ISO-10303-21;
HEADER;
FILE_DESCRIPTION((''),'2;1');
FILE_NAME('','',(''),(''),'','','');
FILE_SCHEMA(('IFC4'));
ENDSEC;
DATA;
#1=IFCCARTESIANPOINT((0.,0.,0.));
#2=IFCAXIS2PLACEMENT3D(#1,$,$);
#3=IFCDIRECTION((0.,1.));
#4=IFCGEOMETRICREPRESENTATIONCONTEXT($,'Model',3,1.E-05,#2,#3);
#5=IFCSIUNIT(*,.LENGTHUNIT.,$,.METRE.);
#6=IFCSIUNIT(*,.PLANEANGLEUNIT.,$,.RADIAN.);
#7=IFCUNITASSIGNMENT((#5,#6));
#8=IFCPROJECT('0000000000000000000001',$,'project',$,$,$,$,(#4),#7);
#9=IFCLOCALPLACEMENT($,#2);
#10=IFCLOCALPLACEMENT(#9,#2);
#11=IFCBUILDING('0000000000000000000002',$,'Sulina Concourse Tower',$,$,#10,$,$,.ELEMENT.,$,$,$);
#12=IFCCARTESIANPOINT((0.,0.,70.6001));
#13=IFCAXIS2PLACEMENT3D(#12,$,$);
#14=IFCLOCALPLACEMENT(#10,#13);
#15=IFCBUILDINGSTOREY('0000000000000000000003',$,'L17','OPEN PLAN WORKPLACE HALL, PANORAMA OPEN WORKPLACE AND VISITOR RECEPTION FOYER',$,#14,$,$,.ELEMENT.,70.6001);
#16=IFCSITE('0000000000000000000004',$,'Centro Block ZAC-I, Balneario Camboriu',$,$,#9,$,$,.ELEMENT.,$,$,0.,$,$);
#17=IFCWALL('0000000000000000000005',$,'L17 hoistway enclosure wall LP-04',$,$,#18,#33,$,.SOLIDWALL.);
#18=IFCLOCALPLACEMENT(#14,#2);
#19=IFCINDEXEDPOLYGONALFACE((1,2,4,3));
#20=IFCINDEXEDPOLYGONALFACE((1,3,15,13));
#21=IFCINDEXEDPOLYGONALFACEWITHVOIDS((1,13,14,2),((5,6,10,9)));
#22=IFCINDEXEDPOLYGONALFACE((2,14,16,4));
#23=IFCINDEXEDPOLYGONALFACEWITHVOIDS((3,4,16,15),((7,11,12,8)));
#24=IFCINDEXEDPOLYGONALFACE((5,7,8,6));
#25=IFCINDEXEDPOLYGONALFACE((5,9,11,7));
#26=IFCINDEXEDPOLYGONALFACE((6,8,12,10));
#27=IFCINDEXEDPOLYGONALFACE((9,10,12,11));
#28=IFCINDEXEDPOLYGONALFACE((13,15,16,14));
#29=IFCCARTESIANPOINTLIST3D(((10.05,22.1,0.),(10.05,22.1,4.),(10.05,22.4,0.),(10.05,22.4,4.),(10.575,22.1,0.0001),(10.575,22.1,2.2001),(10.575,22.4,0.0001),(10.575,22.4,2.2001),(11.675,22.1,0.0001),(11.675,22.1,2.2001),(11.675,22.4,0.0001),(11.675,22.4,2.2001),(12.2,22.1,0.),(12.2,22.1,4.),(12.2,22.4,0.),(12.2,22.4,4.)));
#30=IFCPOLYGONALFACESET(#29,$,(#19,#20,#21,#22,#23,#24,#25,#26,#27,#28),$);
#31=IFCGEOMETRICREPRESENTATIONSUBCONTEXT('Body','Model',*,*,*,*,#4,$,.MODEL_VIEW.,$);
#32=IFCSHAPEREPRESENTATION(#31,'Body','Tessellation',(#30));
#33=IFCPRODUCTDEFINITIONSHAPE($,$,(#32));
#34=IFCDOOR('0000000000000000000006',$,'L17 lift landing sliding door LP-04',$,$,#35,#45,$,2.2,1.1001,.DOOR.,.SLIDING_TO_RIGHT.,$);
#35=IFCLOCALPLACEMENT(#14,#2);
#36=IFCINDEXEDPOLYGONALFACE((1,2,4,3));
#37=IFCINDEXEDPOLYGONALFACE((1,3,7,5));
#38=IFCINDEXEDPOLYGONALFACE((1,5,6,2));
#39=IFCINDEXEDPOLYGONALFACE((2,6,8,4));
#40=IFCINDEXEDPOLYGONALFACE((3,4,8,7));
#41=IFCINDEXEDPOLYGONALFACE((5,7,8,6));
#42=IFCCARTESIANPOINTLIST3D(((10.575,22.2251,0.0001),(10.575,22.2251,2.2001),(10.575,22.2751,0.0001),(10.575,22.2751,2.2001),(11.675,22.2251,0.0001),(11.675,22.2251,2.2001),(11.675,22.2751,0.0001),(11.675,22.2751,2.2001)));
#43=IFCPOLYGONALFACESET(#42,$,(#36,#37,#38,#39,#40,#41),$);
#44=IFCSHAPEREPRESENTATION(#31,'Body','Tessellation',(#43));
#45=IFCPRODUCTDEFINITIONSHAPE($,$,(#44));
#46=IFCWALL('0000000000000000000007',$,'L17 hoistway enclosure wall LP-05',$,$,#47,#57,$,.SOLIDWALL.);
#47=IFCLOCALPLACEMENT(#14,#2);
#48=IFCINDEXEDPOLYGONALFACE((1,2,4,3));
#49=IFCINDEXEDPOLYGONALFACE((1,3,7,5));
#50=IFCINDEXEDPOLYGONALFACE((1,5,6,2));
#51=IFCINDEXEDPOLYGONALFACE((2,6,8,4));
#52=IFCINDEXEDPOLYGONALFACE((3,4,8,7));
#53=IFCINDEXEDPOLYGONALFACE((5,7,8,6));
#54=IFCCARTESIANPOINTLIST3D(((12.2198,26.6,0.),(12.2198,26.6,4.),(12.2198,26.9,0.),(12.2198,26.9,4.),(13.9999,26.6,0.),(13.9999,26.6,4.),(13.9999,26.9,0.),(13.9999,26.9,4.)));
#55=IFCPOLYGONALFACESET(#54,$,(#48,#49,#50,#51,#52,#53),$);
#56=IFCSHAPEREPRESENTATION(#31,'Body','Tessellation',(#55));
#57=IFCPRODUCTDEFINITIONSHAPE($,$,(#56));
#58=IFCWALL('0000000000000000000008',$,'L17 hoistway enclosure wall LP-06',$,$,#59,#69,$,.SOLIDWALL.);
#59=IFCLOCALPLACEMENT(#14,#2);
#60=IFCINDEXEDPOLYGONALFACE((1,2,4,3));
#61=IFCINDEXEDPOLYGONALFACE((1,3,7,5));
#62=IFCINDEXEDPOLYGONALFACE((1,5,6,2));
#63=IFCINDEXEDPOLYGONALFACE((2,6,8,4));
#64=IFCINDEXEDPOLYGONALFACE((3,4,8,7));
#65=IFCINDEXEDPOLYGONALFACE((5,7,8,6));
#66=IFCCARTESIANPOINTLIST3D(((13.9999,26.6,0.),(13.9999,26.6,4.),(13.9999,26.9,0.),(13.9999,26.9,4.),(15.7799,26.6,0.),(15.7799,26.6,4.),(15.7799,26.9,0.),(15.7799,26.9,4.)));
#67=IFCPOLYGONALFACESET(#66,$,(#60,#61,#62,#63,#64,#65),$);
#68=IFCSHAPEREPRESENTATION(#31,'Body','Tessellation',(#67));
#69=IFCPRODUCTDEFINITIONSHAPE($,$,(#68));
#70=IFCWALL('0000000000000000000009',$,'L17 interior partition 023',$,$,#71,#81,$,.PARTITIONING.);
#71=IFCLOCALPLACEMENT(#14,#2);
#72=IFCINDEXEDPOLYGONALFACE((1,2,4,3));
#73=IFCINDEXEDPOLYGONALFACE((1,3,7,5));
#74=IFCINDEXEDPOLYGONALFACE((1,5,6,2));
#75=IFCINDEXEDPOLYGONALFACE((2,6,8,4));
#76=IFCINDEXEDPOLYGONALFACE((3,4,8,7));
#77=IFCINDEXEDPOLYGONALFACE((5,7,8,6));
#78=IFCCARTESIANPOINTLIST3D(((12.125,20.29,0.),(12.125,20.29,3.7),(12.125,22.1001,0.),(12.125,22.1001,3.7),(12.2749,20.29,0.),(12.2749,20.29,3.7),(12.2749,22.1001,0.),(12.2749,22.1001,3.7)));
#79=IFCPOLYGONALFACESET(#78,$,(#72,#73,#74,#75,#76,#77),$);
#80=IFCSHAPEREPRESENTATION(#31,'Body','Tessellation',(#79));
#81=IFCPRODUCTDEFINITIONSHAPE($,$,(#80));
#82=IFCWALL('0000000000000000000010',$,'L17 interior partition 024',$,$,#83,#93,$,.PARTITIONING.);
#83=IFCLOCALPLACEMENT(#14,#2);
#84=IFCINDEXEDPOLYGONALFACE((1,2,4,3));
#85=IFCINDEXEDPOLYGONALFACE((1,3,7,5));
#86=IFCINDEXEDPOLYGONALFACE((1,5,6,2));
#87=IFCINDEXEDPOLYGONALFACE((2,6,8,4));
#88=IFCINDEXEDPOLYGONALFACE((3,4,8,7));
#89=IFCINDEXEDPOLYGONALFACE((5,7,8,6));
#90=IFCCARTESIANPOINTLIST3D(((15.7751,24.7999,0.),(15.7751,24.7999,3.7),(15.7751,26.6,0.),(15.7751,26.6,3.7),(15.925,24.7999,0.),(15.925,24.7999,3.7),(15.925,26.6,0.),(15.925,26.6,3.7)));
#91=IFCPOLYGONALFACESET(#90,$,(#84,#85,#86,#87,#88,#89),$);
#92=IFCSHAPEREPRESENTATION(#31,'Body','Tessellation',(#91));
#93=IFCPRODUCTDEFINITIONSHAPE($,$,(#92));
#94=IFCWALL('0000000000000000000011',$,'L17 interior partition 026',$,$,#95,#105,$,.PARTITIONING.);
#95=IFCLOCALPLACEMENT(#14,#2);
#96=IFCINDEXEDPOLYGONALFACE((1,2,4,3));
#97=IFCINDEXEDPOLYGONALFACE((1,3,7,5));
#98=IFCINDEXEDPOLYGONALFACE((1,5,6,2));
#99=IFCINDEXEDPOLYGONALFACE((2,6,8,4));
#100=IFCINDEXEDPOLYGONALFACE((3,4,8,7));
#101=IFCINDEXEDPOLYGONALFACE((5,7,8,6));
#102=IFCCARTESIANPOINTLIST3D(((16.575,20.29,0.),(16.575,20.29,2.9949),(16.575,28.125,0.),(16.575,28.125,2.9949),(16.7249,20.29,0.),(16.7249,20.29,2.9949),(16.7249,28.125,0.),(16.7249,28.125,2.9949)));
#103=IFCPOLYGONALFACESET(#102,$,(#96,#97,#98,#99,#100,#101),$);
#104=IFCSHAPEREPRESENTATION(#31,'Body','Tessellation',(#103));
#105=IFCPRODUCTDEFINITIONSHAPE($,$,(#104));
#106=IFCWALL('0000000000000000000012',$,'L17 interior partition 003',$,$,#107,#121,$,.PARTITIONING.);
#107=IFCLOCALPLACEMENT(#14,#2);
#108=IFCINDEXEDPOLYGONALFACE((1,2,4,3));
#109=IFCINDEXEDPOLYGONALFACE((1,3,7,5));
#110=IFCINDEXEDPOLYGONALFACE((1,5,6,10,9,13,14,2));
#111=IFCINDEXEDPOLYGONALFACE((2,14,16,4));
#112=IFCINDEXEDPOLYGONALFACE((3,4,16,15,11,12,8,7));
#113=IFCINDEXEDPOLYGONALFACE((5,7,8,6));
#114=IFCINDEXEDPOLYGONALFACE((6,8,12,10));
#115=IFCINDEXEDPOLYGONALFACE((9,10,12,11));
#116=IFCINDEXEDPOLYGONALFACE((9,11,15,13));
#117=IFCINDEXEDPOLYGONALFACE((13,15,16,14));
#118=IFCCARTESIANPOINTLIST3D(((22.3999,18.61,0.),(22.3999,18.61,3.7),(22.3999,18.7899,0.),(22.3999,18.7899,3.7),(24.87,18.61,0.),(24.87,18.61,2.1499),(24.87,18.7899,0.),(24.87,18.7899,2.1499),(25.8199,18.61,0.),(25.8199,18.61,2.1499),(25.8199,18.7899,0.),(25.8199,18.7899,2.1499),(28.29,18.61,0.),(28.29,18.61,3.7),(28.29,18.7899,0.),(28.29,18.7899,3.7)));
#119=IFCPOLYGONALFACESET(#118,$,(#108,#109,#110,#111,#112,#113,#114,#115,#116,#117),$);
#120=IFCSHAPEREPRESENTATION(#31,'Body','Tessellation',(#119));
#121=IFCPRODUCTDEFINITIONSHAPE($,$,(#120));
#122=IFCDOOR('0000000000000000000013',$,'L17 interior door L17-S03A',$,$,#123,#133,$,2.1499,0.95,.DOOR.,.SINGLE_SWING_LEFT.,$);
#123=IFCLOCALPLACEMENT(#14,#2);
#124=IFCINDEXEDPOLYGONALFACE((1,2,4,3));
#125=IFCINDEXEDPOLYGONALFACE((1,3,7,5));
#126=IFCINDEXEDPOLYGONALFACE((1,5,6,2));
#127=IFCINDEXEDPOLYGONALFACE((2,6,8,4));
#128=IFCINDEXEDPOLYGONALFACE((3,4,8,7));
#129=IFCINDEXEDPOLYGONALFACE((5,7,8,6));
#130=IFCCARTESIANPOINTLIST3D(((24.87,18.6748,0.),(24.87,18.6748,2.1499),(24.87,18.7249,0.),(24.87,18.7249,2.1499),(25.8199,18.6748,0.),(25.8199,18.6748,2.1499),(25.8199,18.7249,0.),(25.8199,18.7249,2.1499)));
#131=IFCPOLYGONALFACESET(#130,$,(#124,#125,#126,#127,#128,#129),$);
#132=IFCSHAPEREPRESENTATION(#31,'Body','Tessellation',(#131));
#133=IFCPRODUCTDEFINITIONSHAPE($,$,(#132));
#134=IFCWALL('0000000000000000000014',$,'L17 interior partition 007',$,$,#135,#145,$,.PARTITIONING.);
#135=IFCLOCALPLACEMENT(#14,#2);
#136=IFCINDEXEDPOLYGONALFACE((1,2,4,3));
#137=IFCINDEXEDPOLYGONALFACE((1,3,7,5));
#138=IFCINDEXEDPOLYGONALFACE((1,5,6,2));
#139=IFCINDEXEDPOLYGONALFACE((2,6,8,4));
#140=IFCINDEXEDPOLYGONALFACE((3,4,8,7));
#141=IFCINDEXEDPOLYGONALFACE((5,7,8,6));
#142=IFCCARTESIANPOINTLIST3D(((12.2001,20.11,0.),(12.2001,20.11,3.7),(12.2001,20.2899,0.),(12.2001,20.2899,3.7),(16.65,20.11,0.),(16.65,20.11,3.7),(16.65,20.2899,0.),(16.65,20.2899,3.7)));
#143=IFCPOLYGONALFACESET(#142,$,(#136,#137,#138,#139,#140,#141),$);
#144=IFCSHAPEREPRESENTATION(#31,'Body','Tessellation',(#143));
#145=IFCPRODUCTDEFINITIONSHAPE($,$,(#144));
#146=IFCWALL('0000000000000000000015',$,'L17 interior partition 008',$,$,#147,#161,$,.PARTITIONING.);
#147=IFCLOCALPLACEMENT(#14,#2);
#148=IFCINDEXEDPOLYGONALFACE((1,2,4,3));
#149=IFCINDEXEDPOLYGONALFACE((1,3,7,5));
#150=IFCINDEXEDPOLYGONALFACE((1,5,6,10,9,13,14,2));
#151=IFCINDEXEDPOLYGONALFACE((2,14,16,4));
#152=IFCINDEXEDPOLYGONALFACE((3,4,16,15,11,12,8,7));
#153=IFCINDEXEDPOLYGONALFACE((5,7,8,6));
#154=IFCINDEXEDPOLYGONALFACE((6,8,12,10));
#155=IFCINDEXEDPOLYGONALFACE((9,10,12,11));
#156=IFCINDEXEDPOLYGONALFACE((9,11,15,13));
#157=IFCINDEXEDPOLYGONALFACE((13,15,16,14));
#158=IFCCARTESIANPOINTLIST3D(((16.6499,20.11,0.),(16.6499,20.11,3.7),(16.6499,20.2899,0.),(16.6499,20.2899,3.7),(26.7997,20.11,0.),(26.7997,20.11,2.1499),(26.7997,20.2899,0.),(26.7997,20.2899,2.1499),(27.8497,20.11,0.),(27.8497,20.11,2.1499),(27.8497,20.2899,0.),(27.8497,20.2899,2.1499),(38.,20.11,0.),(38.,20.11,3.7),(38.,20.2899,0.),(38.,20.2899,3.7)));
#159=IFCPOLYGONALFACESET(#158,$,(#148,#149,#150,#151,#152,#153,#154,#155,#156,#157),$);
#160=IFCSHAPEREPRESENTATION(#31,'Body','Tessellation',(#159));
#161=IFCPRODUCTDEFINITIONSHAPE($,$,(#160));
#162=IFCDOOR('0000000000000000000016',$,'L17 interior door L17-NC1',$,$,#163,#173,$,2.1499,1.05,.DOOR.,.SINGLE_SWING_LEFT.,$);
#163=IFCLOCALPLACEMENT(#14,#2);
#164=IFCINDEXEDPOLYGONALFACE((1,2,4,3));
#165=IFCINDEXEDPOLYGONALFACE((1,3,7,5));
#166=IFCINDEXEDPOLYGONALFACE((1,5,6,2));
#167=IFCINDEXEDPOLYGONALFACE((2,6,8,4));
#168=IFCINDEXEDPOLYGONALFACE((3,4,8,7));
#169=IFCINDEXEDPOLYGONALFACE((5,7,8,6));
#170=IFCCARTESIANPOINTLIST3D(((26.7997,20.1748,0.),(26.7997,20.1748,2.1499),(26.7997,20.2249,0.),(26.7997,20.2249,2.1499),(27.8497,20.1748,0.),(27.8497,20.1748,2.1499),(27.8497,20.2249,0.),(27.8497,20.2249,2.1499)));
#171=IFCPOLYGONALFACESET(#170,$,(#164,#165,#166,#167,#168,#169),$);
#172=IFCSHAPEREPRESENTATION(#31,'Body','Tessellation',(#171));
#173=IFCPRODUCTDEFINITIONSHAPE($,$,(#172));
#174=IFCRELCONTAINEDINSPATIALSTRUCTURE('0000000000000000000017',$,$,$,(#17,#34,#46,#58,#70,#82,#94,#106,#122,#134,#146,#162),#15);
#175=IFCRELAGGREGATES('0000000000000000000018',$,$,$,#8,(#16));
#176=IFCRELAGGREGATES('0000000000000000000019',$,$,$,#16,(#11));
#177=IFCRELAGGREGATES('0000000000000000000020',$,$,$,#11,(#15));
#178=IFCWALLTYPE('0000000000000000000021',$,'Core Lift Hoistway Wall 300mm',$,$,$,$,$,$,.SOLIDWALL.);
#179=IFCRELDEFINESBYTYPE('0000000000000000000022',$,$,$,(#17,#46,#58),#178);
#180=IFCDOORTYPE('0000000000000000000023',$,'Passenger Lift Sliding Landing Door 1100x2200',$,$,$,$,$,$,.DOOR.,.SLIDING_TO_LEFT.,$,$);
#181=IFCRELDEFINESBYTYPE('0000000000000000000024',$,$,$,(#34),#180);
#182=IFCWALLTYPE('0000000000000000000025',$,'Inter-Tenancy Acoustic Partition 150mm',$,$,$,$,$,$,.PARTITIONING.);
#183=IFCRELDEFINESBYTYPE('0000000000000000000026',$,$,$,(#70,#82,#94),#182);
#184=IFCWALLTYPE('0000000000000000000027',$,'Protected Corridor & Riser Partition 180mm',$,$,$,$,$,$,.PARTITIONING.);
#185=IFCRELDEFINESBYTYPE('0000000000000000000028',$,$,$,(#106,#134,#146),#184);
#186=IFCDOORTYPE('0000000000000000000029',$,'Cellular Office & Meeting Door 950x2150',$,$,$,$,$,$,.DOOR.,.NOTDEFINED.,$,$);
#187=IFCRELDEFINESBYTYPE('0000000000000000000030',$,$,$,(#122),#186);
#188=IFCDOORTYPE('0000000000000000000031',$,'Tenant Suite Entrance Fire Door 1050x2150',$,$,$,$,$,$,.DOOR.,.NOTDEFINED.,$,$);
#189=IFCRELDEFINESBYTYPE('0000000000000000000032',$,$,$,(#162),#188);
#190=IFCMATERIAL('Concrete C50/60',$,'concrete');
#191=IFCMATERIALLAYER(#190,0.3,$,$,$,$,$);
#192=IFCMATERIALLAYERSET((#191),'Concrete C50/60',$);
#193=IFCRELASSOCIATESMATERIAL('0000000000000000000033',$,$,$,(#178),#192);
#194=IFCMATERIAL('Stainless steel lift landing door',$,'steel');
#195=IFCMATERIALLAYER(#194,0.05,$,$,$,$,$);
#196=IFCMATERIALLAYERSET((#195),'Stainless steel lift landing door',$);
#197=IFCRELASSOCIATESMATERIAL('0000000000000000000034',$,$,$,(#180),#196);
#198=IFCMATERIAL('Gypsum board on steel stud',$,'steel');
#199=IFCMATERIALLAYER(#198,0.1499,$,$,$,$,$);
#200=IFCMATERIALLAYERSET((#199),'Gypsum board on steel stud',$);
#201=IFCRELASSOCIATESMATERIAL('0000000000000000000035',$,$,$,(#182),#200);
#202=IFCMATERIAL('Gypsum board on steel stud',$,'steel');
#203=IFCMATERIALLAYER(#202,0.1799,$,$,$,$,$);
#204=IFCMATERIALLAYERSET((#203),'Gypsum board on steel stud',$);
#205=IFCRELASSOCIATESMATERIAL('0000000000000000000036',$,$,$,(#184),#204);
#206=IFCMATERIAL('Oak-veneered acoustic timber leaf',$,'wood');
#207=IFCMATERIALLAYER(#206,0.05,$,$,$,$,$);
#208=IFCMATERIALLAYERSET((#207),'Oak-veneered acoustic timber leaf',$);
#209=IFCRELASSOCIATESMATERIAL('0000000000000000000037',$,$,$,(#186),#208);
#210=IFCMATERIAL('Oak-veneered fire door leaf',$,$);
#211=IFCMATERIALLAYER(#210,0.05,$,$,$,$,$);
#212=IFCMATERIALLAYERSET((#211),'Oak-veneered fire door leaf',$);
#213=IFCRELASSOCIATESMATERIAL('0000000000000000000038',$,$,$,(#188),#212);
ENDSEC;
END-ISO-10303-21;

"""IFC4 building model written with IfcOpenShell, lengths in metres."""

from ifc_helpers import new_model, si_unit, direction, frame, frame_2d, origin, place, context, subcontext, project, spatial, rectangle, extrude, material, layer, layer_set, type_object, element, fill, save


model = new_model("IFC4")

# Units and contexts
model_context = context("Model", 3, precision=1e-05, world=origin(), true_north=direction((0.0, 1.0)))
body_context = subcontext(model_context, "Body", "Model", "MODEL_VIEW")
ifc_project = project(units=[si_unit("LENGTHUNIT", "METRE"), si_unit("PLANEANGLEUNIT", "RADIAN")], contexts=[model_context])

# Site, building, storey
site_placement = place(None, origin())
site = spatial("IfcSite", under=ifc_project, at=site_placement, Name="Centro Block ZAC-I, Balneario Camboriu", CompositionType="ELEMENT", RefElevation=0.0)
building_placement = place(site_placement, origin())
building = spatial("IfcBuilding", under=site, at=building_placement, Name="Sulina Concourse Tower", CompositionType="ELEMENT")
storey_placement = place(building_placement, frame((0.0, 0.0, 70.6001)))
storey = spatial("IfcBuildingStorey", under=building, at=storey_placement, Name="L17", Description="OPEN PLAN WORKPLACE HALL, PANORAMA OPEN WORKPLACE AND VISITOR RECEPTION FOYER", CompositionType="ELEMENT", Elevation=70.6001)

# Wall, opening, door
ifc_material_1 = material(Name="Concrete C50/60", Category="concrete")
ifc_layer_1 = layer(ifc_material_1, 0.3)
ifc_layer_set_1 = layer_set([ifc_layer_1], Name="Concrete C50/60")
wall_type_1 = type_object("IfcWallType", Name="Core Lift Hoistway Wall 300mm", PredefinedType="SOLIDWALL", material=ifc_layer_set_1)
wall_1_placement = place(storey_placement, frame((12.2, 22.25, 0.0), z_axis=(0.0, 0.0, 1.0), x_axis=(-1.0, 0.0, 0.0)))
wall_1 = element("IfcWall", 1, at=wall_1_placement, inside=storey, type_object=wall_type_1, Name="L17 hoistway enclosure wall LP-04", PredefinedType="SOLIDWALL", context=body_context, shape_type="SweptSolid", body=[
    extrude(rectangle(XDim=2.1499, YDim=0.3, at=frame_2d((1.075, 0.0))), origin(), (0.0, 0.0, 1.0), 4.0),
])
opening_1_placement = place(wall_1_placement, frame((0.5249, 0.0, 0.0)))
opening_1 = element("IfcOpeningElement", 2, at=opening_1_placement, cuts=wall_1, PredefinedType="OPENING", context=body_context, shape_type="SweptSolid", body=[
    extrude(rectangle(XDim=1.1001, YDim=2.2, at=frame_2d((0.55, 1.1001))), frame((0.0, 0.1599, 0.0), z_axis=(0.0, -1.0, 0.0), x_axis=(1.0, 0.0, 0.0)), (0.0, 0.0, 1.0), 0.3201),
])
ifc_material_2 = material(Name="Stainless steel lift landing door", Category="steel")
ifc_layer_2 = layer(ifc_material_2, 0.05)
ifc_layer_set_2 = layer_set([ifc_layer_2], Name="Stainless steel lift landing door")
door_type_1 = type_object("IfcDoorType", Name="Passenger Lift Sliding Landing Door 1100x2200", OperationType="SLIDING_TO_LEFT", PredefinedType="DOOR", material=ifc_layer_set_2)
door_1_placement = place(opening_1_placement, origin())
door_1 = element("IfcDoor", 3, at=door_1_placement, inside=storey, type_object=door_type_1, Name="L17 lift landing sliding door LP-04", OperationType="SLIDING_TO_RIGHT", OverallHeight=2.2, OverallWidth=1.1001, PredefinedType="DOOR", context=body_context, shape_type="SweptSolid", body=[
    extrude(rectangle(XDim=1.1001, YDim=2.2, at=frame_2d((0.55, 1.1001))), frame((0.0, 0.0249, 0.0), z_axis=(0.0, -1.0, 0.0), x_axis=(1.0, 0.0, 0.0)), (0.0, 0.0, 1.0), 0.05),
])
fill(opening_1, door_1)

# Walls
for number, where, z_axis, x_axis, name in (
    (4, (14.0, 26.75, 0.0), (0.0, 0.0, 1.0), (-1.0, 0.0, 0.0), "L17 hoistway enclosure wall LP-05"),
    (5, (15.78, 26.75, 0.0), (0.0, 0.0, 1.0), (-1.0, 0.0, 0.0), "L17 hoistway enclosure wall LP-06"),
):
    element("IfcWall", number, at=place(storey_placement, frame(where, z_axis=z_axis, x_axis=x_axis)), inside=storey, type_object=wall_type_1, Name=name, PredefinedType="SOLIDWALL", context=body_context, shape_type="SweptSolid", body=[
        extrude(rectangle(XDim=1.78, YDim=0.3, at=frame_2d((0.8901, 0.0))), origin(), (0.0, 0.0, 1.0), 4.0),
    ])
ifc_material_3 = material(Name="Gypsum board on steel stud", Category="steel")
ifc_layer_3 = layer(ifc_material_3, 0.1499)
ifc_layer_set_3 = layer_set([ifc_layer_3], Name="Gypsum board on steel stud")
wall_type_2 = type_object("IfcWallType", Name="Inter-Tenancy Acoustic Partition 150mm", PredefinedType="PARTITIONING", material=ifc_layer_set_3)
wall_2_placement = place(storey_placement, frame((12.2, 20.29, 0.0), z_axis=(0.0, 0.0, 1.0), x_axis=(0.0, 1.0, 0.0)))
element("IfcWall", 6, at=wall_2_placement, inside=storey, type_object=wall_type_2, Name="L17 interior partition 023", PredefinedType="PARTITIONING", context=body_context, shape_type="SweptSolid", body=[
    extrude(rectangle(XDim=1.8101, YDim=0.1499, at=frame_2d((0.905, 0.0))), origin(), (0.0, 0.0, 1.0), 3.7),
])
wall_3_placement = place(storey_placement, frame((15.8501, 24.8, 0.0), z_axis=(0.0, 0.0, 1.0), x_axis=(0.0, 1.0, 0.0)))
element("IfcWall", 7, at=wall_3_placement, inside=storey, type_object=wall_type_2, Name="L17 interior partition 024", PredefinedType="PARTITIONING", context=body_context, shape_type="SweptSolid", body=[
    extrude(rectangle(XDim=1.8, YDim=0.1499, at=frame_2d((0.8999, 0.0))), origin(), (0.0, 0.0, 1.0), 3.7),
])
wall_4_placement = place(storey_placement, frame((16.6499, 20.29, 0.0), z_axis=(0.0, 0.0, 1.0), x_axis=(0.0, 1.0, 0.0)))
element("IfcWall", 8, at=wall_4_placement, inside=storey, type_object=wall_type_2, Name="L17 interior partition 026", PredefinedType="PARTITIONING", context=body_context, shape_type="SweptSolid", body=[
    extrude(rectangle(XDim=7.835, YDim=0.1499, at=frame_2d((3.9175, 0.0))), origin(), (0.0, 0.0, 1.0), 2.9949),
])

# Wall, opening, door
ifc_material_4 = material(Name="Gypsum board on steel stud", Category="steel")
ifc_layer_4 = layer(ifc_material_4, 0.1799)
ifc_layer_set_4 = layer_set([ifc_layer_4], Name="Gypsum board on steel stud")
wall_type_3 = type_object("IfcWallType", Name="Protected Corridor & Riser Partition 180mm", PredefinedType="PARTITIONING", material=ifc_layer_set_4)
wall_5_placement = place(storey_placement, frame((22.3999, 18.7, 0.0), z_axis=(0.0, 0.0, 1.0), x_axis=(1.0, 0.0, 0.0)))
wall_5 = element("IfcWall", 9, at=wall_5_placement, inside=storey, type_object=wall_type_3, Name="L17 interior partition 003", PredefinedType="PARTITIONING", context=body_context, shape_type="SweptSolid", body=[
    extrude(rectangle(XDim=5.8901, YDim=0.1799, at=frame_2d((2.9451, 0.0))), origin(), (0.0, 0.0, 1.0), 3.7),
])
opening_2_placement = place(wall_5_placement, frame((2.47, 0.0, 0.0)))
opening_2 = element("IfcOpeningElement", 10, at=opening_2_placement, cuts=wall_5, PredefinedType="OPENING", context=body_context, shape_type="SweptSolid", body=[
    extrude(rectangle(XDim=0.95, YDim=2.1499, at=frame_2d((0.4751, 1.075))), frame((0.0, 0.0999, 0.0), z_axis=(0.0, -1.0, 0.0), x_axis=(1.0, 0.0, 0.0)), (0.0, 0.0, 1.0), 0.2),
])
ifc_material_5 = material(Name="Oak-veneered acoustic timber leaf", Category="wood")
ifc_layer_5 = layer(ifc_material_5, 0.05)
ifc_layer_set_5 = layer_set([ifc_layer_5], Name="Oak-veneered acoustic timber leaf")
door_type_2 = type_object("IfcDoorType", Name="Cellular Office & Meeting Door 950x2150", OperationType="NOTDEFINED", PredefinedType="DOOR", material=ifc_layer_set_5)
door_2_placement = place(opening_2_placement, origin())
door_2 = element("IfcDoor", 11, at=door_2_placement, inside=storey, type_object=door_type_2, Name="L17 interior door L17-S03A", OperationType="SINGLE_SWING_LEFT", OverallHeight=2.1499, OverallWidth=0.95, PredefinedType="DOOR", context=body_context, shape_type="SweptSolid", body=[
    extrude(rectangle(XDim=0.95, YDim=2.1499, at=frame_2d((0.4751, 1.075))), frame((0.0, 0.0249, 0.0), z_axis=(0.0, -1.0, 0.0), x_axis=(1.0, 0.0, 0.0)), (0.0, 0.0, 1.0), 0.05),
])
fill(opening_2, door_2)

# Wall
wall_6_placement = place(storey_placement, frame((12.2, 20.2, 0.0), z_axis=(0.0, 0.0, 1.0), x_axis=(1.0, 0.0, 0.0)))
element("IfcWall", 12, at=wall_6_placement, inside=storey, type_object=wall_type_3, Name="L17 interior partition 007", PredefinedType="PARTITIONING", context=body_context, shape_type="SweptSolid", body=[
    extrude(rectangle(XDim=4.45, YDim=0.1799, at=frame_2d((2.2251, 0.0))), origin(), (0.0, 0.0, 1.0), 3.7),
])

# Wall, opening, door
wall_7_placement = place(storey_placement, frame((16.6499, 20.2, 0.0), z_axis=(0.0, 0.0, 1.0), x_axis=(1.0, 0.0, 0.0)))
wall_7 = element("IfcWall", 13, at=wall_7_placement, inside=storey, type_object=wall_type_3, Name="L17 interior partition 008", PredefinedType="PARTITIONING", context=body_context, shape_type="SweptSolid", body=[
    extrude(rectangle(XDim=21.3501, YDim=0.1799, at=frame_2d((10.675, 0.0))), origin(), (0.0, 0.0, 1.0), 3.7),
])
opening_3_placement = place(wall_7_placement, frame((10.1499, 0.0, 0.0)))
opening_3 = element("IfcOpeningElement", 14, at=opening_3_placement, cuts=wall_7, PredefinedType="OPENING", context=body_context, shape_type="SweptSolid", body=[
    extrude(rectangle(XDim=1.05, YDim=2.1499, at=frame_2d((0.5249, 1.075))), frame((0.0, 0.0999, 0.0), z_axis=(0.0, -1.0, 0.0), x_axis=(1.0, 0.0, 0.0)), (0.0, 0.0, 1.0), 0.2),
])
ifc_material_6 = material(Name="Oak-veneered fire door leaf")
ifc_layer_6 = layer(ifc_material_6, 0.05)
ifc_layer_set_6 = layer_set([ifc_layer_6], Name="Oak-veneered fire door leaf")
door_type_3 = type_object("IfcDoorType", Name="Tenant Suite Entrance Fire Door 1050x2150", OperationType="NOTDEFINED", PredefinedType="DOOR", material=ifc_layer_set_6)
door_3_placement = place(opening_3_placement, origin())
door_3 = element("IfcDoor", 15, at=door_3_placement, inside=storey, type_object=door_type_3, Name="L17 interior door L17-NC1", OperationType="SINGLE_SWING_LEFT", OverallHeight=2.1499, OverallWidth=1.05, PredefinedType="DOOR", context=body_context, shape_type="SweptSolid", body=[
    extrude(rectangle(XDim=1.05, YDim=2.1499, at=frame_2d((0.5249, 1.075))), frame((0.0, 0.0249, 0.0), z_axis=(0.0, -1.0, 0.0), x_axis=(1.0, 0.0, 0.0)), (0.0, 0.0, 1.0), 0.05),
])
fill(opening_3, door_3)

save(model, "model.ifc")
